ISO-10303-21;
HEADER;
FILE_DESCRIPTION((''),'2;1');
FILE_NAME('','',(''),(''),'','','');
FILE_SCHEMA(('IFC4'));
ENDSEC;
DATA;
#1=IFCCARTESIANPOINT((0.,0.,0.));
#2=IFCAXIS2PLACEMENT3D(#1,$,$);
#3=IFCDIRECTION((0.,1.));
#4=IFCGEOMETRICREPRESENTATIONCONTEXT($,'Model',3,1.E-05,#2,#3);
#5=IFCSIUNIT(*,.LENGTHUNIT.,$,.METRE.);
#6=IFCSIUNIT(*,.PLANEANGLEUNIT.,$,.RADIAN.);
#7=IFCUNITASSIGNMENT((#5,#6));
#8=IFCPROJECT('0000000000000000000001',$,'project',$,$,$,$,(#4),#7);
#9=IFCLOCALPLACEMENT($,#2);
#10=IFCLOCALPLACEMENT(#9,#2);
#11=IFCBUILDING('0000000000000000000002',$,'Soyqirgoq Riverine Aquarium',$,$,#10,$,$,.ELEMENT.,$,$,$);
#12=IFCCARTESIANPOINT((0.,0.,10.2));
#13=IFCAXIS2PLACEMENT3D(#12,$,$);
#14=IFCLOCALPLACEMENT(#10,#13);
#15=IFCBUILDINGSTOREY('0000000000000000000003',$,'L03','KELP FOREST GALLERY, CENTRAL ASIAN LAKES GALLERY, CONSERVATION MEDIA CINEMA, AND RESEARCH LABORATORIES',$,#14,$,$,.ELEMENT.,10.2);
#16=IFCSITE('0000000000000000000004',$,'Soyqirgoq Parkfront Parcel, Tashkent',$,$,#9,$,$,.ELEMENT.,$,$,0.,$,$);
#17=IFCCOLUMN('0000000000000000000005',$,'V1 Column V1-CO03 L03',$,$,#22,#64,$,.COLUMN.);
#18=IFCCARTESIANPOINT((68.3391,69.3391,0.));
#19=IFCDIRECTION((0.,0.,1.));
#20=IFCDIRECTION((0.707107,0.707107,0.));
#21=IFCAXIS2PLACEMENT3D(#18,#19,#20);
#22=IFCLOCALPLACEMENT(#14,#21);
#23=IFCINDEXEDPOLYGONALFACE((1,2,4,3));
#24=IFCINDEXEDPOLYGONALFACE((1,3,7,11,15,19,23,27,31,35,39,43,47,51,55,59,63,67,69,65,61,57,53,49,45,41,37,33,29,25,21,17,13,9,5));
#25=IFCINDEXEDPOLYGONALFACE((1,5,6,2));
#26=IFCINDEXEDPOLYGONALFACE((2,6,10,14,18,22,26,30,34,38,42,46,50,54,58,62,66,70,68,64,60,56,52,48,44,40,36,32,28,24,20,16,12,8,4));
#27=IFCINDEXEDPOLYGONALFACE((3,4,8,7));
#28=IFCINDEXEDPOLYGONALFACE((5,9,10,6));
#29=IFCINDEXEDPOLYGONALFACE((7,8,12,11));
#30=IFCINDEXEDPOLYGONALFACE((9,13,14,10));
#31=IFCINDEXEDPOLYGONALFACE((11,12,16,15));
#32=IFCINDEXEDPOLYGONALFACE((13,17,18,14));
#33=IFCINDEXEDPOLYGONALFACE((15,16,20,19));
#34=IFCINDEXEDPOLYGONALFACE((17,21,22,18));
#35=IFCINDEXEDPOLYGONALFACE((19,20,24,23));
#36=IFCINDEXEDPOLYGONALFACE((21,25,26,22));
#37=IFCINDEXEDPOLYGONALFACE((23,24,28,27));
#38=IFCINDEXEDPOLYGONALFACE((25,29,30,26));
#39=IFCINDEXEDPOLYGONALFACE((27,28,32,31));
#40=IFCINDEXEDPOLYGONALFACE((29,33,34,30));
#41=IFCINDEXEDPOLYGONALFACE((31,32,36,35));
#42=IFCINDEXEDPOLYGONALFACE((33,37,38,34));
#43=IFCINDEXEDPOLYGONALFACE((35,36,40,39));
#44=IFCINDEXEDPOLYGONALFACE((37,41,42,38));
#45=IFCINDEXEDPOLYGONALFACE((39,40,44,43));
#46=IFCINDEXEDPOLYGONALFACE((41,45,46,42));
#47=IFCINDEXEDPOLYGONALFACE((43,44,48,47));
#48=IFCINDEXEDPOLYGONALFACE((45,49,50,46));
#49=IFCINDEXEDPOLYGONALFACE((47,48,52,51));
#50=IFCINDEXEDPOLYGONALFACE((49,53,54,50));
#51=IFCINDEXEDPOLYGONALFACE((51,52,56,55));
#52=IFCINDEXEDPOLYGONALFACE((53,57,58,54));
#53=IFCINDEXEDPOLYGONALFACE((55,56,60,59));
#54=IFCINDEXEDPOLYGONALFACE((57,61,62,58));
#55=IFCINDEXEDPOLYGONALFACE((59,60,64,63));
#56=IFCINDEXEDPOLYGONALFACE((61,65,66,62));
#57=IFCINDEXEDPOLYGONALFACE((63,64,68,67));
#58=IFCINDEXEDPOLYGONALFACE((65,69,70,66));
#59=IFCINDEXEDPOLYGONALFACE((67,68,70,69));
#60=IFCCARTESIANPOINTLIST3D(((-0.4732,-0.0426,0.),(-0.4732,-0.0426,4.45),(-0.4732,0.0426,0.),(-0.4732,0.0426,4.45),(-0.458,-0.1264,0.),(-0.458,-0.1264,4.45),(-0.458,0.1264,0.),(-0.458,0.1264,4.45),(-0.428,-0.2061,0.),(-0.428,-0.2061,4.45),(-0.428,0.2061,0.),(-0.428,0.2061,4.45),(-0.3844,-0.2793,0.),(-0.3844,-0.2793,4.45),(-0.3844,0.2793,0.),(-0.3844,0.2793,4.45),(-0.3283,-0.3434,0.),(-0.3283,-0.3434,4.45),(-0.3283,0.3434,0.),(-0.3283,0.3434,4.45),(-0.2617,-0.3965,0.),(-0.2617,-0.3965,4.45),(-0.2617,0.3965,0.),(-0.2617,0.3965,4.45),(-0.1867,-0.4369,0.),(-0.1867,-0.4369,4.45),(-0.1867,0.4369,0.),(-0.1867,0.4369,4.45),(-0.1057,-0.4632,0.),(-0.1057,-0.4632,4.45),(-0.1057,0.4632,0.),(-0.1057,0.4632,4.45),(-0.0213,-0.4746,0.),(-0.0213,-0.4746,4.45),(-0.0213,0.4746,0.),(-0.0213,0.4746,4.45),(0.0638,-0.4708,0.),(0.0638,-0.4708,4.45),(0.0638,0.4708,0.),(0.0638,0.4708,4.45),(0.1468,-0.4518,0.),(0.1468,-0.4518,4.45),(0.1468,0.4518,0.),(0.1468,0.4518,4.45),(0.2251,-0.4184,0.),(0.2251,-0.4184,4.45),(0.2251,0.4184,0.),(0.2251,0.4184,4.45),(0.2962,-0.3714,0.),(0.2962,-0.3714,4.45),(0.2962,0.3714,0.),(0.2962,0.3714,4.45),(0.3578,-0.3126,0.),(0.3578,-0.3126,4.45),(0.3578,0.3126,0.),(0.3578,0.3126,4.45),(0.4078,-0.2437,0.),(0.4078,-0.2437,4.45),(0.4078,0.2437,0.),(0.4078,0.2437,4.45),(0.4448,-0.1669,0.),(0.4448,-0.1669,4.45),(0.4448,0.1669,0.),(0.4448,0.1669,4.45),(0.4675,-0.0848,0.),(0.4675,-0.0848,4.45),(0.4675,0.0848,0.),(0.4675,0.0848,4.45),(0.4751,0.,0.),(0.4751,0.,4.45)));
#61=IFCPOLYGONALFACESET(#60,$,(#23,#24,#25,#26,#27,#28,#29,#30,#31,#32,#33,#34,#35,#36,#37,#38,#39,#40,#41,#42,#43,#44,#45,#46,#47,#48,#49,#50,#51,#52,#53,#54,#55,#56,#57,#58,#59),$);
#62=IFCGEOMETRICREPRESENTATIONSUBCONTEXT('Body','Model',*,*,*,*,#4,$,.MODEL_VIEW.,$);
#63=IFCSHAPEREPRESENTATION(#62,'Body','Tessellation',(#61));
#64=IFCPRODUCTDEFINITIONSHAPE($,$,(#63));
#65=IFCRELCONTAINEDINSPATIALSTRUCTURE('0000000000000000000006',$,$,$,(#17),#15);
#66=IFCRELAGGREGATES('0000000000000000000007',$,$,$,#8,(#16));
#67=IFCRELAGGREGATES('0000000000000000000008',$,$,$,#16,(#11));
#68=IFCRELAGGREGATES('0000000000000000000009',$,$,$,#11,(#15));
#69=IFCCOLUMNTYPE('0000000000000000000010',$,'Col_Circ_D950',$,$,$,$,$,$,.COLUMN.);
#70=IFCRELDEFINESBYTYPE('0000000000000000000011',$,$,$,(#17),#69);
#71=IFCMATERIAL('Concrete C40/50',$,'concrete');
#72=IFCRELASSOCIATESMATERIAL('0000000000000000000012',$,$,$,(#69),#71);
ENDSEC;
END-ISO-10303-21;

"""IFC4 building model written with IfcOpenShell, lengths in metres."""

from ifc_helpers import new_model, si_unit, direction, frame, origin, origin_2d, place, context, subcontext, project, spatial, circle, extrude, material, material_profile, profile_set, type_object, element, save


model = new_model("IFC4")

# Units and contexts
model_context = context("Model", 3, precision=1e-05, world=origin(), true_north=direction((0.0, 1.0)))
body_context = subcontext(model_context, "Body", "Model", "MODEL_VIEW")
ifc_project = project(units=[si_unit("LENGTHUNIT", "METRE"), si_unit("PLANEANGLEUNIT", "RADIAN")], contexts=[model_context])

# Site, building, storey
site_placement = place(None, origin())
site = spatial("IfcSite", under=ifc_project, at=site_placement, Name="Soyqirgoq Parkfront Parcel, Tashkent", CompositionType="ELEMENT", RefElevation=0.0)
building_placement = place(site_placement, origin())
building = spatial("IfcBuilding", under=site, at=building_placement, Name="Soyqirgoq Riverine Aquarium", CompositionType="ELEMENT")
storey_placement = place(building_placement, frame((0.0, 0.0, 10.2)))
storey = spatial("IfcBuildingStorey", under=building, at=storey_placement, Name="L03", Description="KELP FOREST GALLERY, CENTRAL ASIAN LAKES GALLERY, CONSERVATION MEDIA CINEMA, AND RESEARCH LABORATORIES", CompositionType="ELEMENT", Elevation=10.2)

# Column
ifc_material_1 = material(Name="Concrete C40/50", Category="concrete")
ifc_material_profile_1 = material_profile(ifc_material_1, circle(Radius=0.4751, at=origin_2d()), Name="RC-COL D950")
ifc_profile_set_1 = profile_set([ifc_material_profile_1], Name="Concrete C40/50")
column_type_1 = type_object("IfcColumnType", Name="Col_Circ_D950", PredefinedType="COLUMN", material=ifc_profile_set_1)
column_1_placement = place(storey_placement, frame((68.3391, 69.3391, 0.0), z_axis=(0.0, 0.0, 1.0), x_axis=(0.707107, 0.707107, 0.0)))
element("IfcColumn", 1, at=column_1_placement, inside=storey, type_object=column_type_1, Name="V1 Column V1-CO03 L03", PredefinedType="COLUMN", context=body_context, shape_type="SweptSolid", body=[
    extrude(circle(Radius=0.4751, at=origin_2d()), origin(), (0.0, 0.0, 1.0), 4.45),
])

save(model, "model.ifc")
